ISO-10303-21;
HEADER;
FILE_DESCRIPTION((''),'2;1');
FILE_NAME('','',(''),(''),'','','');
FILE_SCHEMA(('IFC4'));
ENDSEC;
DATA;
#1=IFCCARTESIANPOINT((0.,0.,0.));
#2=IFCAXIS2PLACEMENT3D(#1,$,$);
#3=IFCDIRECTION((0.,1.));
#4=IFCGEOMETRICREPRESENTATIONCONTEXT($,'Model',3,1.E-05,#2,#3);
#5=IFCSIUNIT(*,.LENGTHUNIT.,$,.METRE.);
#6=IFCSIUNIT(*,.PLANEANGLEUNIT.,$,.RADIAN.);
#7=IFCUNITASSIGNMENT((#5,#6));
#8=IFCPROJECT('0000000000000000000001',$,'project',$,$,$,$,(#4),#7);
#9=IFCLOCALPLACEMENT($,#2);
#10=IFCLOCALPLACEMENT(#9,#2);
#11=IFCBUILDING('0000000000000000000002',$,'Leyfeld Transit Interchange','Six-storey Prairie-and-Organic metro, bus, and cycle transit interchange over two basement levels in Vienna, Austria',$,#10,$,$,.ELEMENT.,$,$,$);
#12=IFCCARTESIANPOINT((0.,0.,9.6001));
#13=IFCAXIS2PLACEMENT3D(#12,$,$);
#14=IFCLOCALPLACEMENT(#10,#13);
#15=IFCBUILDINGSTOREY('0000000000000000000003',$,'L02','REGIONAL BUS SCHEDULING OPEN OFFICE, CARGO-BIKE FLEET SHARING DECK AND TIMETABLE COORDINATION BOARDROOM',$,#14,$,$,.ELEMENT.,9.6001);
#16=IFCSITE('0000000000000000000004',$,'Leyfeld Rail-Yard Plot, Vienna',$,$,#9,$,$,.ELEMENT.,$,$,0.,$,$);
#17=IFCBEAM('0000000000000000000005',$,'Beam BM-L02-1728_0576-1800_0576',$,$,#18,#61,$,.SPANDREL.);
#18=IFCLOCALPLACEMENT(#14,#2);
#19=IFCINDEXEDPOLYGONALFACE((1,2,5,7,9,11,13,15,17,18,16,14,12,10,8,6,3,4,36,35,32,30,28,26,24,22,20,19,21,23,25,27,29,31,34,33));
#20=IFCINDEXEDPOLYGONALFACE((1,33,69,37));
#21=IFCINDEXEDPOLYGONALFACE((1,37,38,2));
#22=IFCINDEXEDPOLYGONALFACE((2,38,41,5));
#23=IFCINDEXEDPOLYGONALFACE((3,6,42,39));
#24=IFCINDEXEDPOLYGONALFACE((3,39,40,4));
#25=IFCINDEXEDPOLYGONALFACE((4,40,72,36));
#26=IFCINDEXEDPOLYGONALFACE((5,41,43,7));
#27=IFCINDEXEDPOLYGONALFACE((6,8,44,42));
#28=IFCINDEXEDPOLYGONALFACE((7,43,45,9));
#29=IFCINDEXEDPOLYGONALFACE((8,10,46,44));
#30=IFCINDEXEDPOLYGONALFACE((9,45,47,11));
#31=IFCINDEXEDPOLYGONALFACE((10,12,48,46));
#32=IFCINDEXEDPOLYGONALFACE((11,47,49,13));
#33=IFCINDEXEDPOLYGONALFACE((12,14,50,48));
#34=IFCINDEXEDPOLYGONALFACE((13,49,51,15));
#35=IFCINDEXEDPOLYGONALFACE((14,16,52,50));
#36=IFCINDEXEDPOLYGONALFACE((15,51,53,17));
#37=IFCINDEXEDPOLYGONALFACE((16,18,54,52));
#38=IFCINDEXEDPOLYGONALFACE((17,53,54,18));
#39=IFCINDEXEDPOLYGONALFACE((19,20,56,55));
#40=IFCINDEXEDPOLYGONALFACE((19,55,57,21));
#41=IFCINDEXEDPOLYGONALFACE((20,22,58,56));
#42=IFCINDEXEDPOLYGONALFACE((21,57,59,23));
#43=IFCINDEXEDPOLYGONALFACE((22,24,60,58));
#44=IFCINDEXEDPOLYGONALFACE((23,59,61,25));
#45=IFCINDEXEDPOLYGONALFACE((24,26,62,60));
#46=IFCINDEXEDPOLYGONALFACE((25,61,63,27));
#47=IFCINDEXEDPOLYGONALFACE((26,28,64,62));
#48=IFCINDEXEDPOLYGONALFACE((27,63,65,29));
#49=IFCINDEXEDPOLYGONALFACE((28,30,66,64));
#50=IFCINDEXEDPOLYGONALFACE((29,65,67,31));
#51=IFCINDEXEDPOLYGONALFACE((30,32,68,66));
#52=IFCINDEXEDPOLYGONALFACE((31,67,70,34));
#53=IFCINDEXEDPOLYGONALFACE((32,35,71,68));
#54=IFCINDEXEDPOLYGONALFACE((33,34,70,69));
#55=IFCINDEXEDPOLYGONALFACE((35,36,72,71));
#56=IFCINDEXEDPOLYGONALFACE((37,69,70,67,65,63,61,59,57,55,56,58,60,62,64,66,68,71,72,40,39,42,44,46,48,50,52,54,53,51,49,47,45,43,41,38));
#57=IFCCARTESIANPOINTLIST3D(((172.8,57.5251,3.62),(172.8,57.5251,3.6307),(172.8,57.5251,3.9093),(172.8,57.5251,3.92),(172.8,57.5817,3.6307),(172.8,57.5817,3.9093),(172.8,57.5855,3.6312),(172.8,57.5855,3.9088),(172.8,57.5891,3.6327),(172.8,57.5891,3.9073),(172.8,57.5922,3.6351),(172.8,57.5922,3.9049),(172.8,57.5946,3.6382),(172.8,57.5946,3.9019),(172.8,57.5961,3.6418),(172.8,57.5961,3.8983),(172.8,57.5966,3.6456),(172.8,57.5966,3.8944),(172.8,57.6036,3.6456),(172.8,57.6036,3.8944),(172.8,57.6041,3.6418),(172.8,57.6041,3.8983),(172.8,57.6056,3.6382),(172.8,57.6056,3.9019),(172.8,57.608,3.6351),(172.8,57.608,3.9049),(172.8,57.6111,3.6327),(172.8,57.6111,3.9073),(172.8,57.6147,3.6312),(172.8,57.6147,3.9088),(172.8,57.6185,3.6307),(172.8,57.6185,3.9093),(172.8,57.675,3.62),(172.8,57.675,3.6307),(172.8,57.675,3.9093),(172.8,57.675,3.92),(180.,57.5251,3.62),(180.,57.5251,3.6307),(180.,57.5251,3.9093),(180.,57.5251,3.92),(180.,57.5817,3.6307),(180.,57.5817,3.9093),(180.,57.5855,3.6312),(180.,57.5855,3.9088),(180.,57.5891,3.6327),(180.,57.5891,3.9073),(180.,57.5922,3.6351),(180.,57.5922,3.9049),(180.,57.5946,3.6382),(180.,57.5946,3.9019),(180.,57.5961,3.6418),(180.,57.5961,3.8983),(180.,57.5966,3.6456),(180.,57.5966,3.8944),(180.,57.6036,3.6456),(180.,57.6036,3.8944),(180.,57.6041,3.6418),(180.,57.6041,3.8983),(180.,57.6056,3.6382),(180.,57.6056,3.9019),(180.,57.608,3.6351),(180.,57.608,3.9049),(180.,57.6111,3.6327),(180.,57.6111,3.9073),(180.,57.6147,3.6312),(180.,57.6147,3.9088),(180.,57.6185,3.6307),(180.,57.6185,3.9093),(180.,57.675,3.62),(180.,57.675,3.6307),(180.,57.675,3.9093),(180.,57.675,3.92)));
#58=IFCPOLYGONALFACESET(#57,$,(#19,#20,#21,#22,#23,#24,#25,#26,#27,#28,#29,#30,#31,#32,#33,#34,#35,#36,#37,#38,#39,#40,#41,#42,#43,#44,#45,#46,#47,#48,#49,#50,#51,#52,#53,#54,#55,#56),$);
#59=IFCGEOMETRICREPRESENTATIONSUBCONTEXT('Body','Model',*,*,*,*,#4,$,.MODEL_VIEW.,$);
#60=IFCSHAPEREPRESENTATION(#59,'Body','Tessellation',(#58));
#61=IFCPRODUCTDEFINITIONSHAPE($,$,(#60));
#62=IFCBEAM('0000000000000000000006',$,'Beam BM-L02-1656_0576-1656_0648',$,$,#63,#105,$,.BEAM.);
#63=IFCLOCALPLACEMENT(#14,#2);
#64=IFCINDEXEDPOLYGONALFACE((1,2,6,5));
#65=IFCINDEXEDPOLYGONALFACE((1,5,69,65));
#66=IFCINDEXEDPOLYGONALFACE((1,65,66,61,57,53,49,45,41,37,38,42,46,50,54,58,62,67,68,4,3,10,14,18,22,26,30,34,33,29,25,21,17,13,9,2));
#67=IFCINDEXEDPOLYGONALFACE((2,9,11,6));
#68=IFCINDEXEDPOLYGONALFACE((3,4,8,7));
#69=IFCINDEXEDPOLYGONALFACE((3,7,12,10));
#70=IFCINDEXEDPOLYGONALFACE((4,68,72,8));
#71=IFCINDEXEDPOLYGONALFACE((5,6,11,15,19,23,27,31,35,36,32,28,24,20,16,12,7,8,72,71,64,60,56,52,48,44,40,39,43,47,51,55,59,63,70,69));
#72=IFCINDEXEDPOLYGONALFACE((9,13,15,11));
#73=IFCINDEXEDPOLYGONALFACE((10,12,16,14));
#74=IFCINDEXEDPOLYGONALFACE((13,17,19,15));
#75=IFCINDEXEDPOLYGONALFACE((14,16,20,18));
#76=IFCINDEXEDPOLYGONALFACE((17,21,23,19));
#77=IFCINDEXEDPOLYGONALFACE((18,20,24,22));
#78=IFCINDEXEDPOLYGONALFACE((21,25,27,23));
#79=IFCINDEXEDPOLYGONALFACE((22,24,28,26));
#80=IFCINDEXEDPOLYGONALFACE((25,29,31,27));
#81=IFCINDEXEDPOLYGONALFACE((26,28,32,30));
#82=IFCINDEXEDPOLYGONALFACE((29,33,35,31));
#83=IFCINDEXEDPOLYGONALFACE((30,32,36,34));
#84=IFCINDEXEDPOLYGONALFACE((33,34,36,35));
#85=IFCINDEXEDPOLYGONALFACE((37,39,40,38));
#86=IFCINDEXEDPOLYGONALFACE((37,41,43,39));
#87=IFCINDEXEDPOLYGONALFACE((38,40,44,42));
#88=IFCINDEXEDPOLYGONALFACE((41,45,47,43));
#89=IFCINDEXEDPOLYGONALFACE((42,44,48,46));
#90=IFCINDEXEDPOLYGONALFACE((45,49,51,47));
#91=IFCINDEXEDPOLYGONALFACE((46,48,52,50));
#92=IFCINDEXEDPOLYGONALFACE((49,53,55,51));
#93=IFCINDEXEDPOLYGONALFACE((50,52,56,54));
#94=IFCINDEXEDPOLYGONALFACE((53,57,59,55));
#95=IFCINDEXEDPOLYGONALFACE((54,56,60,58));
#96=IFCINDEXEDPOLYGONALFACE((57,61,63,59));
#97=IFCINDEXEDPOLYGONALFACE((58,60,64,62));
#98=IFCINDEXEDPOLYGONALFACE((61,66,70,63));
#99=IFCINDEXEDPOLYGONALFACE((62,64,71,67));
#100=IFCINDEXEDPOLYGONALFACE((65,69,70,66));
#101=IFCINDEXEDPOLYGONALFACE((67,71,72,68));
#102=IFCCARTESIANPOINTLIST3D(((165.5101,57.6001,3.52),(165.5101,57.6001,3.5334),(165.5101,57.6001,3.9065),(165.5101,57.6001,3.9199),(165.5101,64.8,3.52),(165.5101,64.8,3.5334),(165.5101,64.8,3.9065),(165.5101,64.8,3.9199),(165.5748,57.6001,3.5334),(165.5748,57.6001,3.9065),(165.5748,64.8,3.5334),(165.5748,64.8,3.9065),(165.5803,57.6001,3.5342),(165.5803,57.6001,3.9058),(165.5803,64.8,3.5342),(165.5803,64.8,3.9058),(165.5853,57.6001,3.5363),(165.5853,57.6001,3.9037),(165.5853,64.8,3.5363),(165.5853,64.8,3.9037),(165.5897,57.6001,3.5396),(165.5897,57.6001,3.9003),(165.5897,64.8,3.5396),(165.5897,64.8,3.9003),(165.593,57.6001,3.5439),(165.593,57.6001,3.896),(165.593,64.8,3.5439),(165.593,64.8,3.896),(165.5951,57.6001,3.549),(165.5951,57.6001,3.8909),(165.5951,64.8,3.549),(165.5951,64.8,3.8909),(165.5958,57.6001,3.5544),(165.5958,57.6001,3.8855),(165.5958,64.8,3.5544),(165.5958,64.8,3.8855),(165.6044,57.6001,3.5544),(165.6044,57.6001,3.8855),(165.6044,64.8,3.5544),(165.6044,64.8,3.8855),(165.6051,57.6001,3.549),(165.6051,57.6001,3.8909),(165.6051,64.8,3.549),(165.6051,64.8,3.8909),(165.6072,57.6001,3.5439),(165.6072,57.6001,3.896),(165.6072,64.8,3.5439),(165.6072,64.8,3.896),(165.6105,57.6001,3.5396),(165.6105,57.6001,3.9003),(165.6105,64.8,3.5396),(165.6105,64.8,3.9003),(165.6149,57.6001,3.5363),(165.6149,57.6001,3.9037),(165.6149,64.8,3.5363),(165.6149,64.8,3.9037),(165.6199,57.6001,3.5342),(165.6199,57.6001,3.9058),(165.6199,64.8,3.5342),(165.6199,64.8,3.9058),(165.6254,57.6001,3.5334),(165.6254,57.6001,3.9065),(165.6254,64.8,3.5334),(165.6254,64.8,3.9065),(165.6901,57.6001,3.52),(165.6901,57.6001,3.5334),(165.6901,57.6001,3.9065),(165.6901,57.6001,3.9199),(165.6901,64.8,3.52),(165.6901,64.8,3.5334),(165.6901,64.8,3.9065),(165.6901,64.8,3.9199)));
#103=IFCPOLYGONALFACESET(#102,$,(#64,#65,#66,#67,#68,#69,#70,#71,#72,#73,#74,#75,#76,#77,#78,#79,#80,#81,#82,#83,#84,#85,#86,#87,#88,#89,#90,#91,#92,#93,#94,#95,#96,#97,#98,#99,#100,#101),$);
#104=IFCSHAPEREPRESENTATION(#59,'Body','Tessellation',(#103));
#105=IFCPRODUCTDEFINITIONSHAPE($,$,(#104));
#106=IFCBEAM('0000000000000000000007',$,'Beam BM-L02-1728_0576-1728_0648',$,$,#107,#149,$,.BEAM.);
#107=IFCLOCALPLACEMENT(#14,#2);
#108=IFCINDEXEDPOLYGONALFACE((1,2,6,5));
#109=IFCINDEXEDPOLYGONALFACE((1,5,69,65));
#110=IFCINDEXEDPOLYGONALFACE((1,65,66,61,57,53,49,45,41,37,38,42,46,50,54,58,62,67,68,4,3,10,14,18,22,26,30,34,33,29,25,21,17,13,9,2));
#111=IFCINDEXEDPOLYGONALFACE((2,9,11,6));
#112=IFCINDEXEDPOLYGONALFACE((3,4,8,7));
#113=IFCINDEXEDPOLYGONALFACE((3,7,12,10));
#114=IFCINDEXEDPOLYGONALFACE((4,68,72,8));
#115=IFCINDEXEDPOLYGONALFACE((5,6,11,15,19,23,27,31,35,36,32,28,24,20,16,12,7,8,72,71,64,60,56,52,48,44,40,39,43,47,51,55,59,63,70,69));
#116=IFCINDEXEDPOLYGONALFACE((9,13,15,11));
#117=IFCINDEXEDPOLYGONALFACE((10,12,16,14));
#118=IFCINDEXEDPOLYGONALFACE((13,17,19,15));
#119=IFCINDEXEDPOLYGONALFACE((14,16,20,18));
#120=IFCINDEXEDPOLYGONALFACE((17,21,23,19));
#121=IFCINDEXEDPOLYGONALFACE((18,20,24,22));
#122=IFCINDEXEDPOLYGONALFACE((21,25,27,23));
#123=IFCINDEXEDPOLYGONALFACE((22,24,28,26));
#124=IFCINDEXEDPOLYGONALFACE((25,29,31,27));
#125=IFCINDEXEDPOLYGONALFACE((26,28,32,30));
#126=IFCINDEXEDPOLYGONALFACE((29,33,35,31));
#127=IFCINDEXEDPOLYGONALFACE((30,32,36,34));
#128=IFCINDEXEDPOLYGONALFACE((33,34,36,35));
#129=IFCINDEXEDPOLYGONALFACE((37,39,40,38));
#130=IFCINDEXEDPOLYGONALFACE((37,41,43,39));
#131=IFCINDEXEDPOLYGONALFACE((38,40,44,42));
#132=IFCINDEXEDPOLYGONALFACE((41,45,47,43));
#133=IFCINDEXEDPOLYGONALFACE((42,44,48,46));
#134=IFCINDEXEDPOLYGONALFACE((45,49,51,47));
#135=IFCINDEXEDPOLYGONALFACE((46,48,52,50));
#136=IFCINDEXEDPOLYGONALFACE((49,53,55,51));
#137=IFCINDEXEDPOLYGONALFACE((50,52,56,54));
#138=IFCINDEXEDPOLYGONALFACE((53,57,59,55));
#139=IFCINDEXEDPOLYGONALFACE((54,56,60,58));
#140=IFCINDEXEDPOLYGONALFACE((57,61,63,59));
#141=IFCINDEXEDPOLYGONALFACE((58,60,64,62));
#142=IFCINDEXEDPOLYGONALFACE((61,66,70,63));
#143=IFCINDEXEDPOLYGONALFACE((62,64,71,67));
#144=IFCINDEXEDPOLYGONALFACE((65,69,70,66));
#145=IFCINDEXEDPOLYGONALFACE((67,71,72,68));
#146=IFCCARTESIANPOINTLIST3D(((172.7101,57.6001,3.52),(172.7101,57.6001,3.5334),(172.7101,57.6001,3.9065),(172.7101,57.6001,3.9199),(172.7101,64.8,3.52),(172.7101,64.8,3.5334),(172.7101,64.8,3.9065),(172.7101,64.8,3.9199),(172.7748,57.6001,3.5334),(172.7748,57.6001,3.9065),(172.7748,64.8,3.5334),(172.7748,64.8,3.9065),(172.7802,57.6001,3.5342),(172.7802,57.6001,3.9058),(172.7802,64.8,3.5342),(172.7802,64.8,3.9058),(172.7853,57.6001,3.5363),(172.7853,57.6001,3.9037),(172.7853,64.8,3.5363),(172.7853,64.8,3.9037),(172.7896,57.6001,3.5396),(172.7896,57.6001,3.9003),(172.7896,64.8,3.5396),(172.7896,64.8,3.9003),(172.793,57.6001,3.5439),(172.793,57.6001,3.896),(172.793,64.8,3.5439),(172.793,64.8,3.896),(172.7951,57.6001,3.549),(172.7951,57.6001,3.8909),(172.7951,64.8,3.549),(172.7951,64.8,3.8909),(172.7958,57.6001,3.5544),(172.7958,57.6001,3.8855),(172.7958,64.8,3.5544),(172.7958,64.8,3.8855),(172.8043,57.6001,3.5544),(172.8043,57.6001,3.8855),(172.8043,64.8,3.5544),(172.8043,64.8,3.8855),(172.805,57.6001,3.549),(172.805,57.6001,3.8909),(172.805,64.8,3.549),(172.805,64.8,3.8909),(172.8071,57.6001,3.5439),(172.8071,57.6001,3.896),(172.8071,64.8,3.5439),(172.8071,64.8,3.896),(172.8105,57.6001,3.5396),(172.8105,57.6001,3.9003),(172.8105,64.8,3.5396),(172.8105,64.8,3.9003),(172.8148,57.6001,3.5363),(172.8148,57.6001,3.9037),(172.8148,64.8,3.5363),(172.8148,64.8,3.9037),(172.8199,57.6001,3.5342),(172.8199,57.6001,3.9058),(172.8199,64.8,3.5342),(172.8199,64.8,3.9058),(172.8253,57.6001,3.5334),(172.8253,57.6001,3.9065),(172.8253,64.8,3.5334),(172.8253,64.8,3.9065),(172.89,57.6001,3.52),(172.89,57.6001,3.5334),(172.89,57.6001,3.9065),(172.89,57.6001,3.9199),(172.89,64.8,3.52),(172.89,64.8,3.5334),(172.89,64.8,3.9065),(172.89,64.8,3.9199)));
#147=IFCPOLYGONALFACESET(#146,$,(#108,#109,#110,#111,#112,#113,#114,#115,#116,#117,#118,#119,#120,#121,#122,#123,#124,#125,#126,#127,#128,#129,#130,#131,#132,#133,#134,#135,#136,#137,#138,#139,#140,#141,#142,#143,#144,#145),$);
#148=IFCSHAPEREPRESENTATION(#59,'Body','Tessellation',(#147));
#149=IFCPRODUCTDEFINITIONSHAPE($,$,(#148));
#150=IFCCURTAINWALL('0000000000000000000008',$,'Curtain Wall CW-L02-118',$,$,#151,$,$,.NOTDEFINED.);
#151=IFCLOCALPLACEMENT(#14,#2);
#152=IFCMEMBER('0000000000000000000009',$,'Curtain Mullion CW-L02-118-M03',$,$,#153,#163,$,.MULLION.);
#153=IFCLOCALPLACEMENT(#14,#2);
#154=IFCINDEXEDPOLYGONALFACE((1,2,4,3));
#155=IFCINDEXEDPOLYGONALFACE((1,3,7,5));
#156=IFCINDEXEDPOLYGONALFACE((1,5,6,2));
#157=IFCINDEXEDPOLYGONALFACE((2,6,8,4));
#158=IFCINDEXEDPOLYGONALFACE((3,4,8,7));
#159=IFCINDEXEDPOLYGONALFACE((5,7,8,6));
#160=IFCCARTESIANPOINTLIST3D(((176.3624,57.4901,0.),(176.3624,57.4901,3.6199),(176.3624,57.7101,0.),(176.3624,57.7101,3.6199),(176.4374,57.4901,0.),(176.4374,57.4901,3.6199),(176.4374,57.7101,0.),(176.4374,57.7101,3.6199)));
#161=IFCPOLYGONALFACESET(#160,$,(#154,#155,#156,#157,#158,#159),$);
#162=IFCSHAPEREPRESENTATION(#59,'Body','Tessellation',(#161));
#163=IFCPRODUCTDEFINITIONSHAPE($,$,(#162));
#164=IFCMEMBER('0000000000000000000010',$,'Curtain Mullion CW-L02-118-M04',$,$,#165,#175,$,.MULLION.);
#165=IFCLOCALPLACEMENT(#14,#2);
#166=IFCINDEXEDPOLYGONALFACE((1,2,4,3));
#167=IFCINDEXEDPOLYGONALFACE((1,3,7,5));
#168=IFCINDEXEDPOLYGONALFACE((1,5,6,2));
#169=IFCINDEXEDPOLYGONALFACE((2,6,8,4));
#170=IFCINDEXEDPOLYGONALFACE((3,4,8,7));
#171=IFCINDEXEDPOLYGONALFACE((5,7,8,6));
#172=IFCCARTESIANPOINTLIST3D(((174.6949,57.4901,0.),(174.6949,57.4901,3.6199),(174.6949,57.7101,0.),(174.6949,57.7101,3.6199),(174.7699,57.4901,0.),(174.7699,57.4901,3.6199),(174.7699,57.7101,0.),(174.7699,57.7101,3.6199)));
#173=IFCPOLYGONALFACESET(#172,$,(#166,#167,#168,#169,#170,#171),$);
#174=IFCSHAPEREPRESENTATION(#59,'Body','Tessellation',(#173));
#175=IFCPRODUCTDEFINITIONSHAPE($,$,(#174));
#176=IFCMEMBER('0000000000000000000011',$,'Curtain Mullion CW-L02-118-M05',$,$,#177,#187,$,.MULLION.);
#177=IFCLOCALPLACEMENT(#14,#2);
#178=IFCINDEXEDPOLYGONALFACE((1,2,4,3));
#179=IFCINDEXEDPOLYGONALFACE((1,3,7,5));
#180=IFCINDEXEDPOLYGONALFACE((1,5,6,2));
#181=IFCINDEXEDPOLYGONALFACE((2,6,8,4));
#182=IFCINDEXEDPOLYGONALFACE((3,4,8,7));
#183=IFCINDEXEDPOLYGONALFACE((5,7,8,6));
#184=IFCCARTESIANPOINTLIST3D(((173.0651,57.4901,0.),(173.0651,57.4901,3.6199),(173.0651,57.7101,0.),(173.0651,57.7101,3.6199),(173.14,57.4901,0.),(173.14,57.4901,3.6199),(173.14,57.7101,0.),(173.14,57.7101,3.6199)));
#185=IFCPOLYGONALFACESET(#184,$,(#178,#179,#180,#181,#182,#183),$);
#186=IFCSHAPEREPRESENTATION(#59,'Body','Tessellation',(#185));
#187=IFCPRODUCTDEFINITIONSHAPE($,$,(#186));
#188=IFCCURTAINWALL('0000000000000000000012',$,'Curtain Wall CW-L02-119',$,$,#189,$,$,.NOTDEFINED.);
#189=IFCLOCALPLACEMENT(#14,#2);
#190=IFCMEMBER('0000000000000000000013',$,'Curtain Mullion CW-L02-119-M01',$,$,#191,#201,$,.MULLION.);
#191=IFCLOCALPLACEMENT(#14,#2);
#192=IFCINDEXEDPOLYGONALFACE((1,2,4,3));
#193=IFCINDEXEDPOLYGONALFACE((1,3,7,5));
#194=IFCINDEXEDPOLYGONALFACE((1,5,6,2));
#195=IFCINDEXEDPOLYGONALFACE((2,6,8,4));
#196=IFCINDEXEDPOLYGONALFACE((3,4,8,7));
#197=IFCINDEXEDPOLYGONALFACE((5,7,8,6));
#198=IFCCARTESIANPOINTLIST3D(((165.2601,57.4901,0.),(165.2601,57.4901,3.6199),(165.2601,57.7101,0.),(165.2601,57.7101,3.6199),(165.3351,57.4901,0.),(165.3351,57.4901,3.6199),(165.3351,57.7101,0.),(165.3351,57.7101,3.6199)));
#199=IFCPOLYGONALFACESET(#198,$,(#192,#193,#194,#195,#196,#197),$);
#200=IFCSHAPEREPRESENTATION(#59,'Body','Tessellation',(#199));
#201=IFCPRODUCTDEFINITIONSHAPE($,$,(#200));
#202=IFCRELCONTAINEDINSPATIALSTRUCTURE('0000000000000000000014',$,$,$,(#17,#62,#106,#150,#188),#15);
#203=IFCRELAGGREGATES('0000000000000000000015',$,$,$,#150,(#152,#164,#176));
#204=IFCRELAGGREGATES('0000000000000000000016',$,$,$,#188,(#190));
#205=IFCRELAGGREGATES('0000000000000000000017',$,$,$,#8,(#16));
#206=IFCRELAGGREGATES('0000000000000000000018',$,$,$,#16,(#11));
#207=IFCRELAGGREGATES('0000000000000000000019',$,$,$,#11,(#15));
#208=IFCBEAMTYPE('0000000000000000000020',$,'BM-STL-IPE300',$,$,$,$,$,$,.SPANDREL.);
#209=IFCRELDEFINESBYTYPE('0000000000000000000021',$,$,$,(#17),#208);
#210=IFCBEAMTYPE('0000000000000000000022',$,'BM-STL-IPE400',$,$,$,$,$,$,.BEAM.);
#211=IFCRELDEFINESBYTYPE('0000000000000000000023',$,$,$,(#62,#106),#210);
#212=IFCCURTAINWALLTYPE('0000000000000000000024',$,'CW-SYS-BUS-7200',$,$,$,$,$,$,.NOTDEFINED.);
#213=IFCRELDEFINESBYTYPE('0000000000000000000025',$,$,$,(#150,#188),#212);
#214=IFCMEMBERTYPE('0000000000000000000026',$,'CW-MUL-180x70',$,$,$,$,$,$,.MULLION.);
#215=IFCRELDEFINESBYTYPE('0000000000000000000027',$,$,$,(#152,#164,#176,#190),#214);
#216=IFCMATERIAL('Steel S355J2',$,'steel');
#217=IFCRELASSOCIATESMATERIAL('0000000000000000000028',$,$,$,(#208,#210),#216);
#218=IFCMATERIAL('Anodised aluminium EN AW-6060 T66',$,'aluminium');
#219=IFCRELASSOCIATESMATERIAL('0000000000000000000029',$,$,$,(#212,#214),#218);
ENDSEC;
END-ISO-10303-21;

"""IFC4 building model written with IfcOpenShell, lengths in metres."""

from ifc_helpers import new_model, si_unit, direction, frame, origin, origin_2d, place, context, subcontext, project, spatial, rectangle, i_section, extrude, material, material_profile, profile_set, type_object, element, aggregate, save


model = new_model("IFC4")

# Units and contexts
model_context = context("Model", 3, precision=1e-05, world=origin(), true_north=direction((0.0, 1.0)))
body_context = subcontext(model_context, "Body", "Model", "MODEL_VIEW")
ifc_project = project(units=[si_unit("LENGTHUNIT", "METRE"), si_unit("PLANEANGLEUNIT", "RADIAN")], contexts=[model_context])

# Site, building, storey
site_placement = place(None, origin())
site = spatial("IfcSite", under=ifc_project, at=site_placement, Name="Leyfeld Rail-Yard Plot, Vienna", CompositionType="ELEMENT", RefElevation=0.0)
building_placement = place(site_placement, origin())
building = spatial("IfcBuilding", under=site, at=building_placement, Name="Leyfeld Transit Interchange", Description="Six-storey Prairie-and-Organic metro, bus, and cycle transit interchange over two basement levels in Vienna, Austria", CompositionType="ELEMENT")
storey_placement = place(building_placement, frame((0.0, 0.0, 9.6001)))
storey = spatial("IfcBuildingStorey", under=building, at=storey_placement, Name="L02", Description="REGIONAL BUS SCHEDULING OPEN OFFICE, CARGO-BIKE FLEET SHARING DECK AND TIMETABLE COORDINATION BOARDROOM", CompositionType="ELEMENT", Elevation=9.6001)

# Beams
ifc_material_1 = material(Name="Steel S355J2", Category="steel")
ifc_material_profile_1 = material_profile(ifc_material_1, i_section(OverallWidth=0.1499, OverallDepth=0.3, WebThickness=0.0071, FlangeThickness=0.0107, FilletRadius=0.0149, at=origin_2d()), Name="IPE 300")
ifc_profile_set_1 = profile_set([ifc_material_profile_1], Name="Steel S355J2")
beam_type_1 = type_object("IfcBeamType", Name="BM-STL-IPE300", PredefinedType="SPANDREL", material=ifc_profile_set_1)
for number, where, z_axis, x_axis, name in (
    (1, (172.8, 57.6001, 3.77), (1.0, 0.0, 0.0), (0.0, 1.0, 0.0), "Beam BM-L02-1728_0576-1800_0576"),
):
    element("IfcBeam", number, at=place(storey_placement, frame(where, z_axis=z_axis, x_axis=x_axis)), inside=storey, type_object=beam_type_1, Name=name, PredefinedType="SPANDREL", context=body_context, shape_type="SweptSolid", body=[
        extrude(i_section(OverallWidth=0.1499, OverallDepth=0.3, WebThickness=0.0071, FlangeThickness=0.0107, FilletRadius=0.0149, at=origin_2d()), origin(), (0.0, 0.0, 1.0), 7.2),
    ])
ifc_material_profile_2 = material_profile(ifc_material_1, i_section(OverallWidth=0.1799, OverallDepth=0.3999, WebThickness=0.0085, FlangeThickness=0.0134, FilletRadius=0.021, at=origin_2d()), Name="IPE 400")
ifc_profile_set_2 = profile_set([ifc_material_profile_2], Name="Steel S355J2")
beam_type_2 = type_object("IfcBeamType", Name="BM-STL-IPE400", PredefinedType="BEAM", material=ifc_profile_set_2)
for number, where, z_axis, x_axis, name in (
    (2, (165.6001, 57.6001, 3.72), (0.0, 1.0, 0.0), (-1.0, 0.0, 0.0), "Beam BM-L02-1656_0576-1656_0648"),
    (3, (172.8, 57.6001, 3.72), (0.0, 1.0, 0.0), (-1.0, 0.0, 0.0), "Beam BM-L02-1728_0576-1728_0648"),
):
    element("IfcBeam", number, at=place(storey_placement, frame(where, z_axis=z_axis, x_axis=x_axis)), inside=storey, type_object=beam_type_2, Name=name, PredefinedType="BEAM", context=body_context, shape_type="SweptSolid", body=[
        extrude(i_section(OverallWidth=0.1799, OverallDepth=0.3999, WebThickness=0.0085, FlangeThickness=0.0134, FilletRadius=0.021, at=origin_2d()), origin(), (0.0, 0.0, 1.0), 7.2),
    ])

# Curtain walls, members
ifc_material_2 = material(Name="Anodised aluminium EN AW-6060 T66", Category="aluminium")
curtain_wall_type = type_object("IfcCurtainWallType", Name="CW-SYS-BUS-7200", PredefinedType="NOTDEFINED", material=ifc_material_2)
curtain_wall_1_placement = place(storey_placement, origin())
curtain_wall_1 = element("IfcCurtainWall", 4, at=curtain_wall_1_placement, inside=storey, type_object=curtain_wall_type, Name="Curtain Wall CW-L02-118", PredefinedType="NOTDEFINED")
ifc_material_profile_3 = material_profile(ifc_material_2, rectangle(XDim=0.075, YDim=0.22, at=origin_2d()), Name="CW-M 75x220")
ifc_profile_set_3 = profile_set([ifc_material_profile_3], Name="Anodised aluminium EN AW-6060 T66")
member_type_1 = type_object("IfcMemberType", Name="CW-MUL-180x70", PredefinedType="MULLION", material=ifc_profile_set_3)
member_1_placement = place(storey_placement, frame((176.3999, 57.6001, 0.0), z_axis=(0.0, 0.0, 1.0), x_axis=(-1.0, 0.0, 0.0)))
member_1 = element("IfcMember", 5, at=member_1_placement, type_object=member_type_1, Name="Curtain Mullion CW-L02-118-M03", PredefinedType="MULLION", context=body_context, shape_type="SweptSolid", body=[
    extrude(rectangle(XDim=0.075, YDim=0.22, at=origin_2d()), origin(), (0.0, 0.0, 1.0), 3.6199),
])
member_2_placement = place(storey_placement, frame((174.7324, 57.6001, 0.0), z_axis=(0.0, 0.0, 1.0), x_axis=(-1.0, 0.0, 0.0)))
member_2 = element("IfcMember", 6, at=member_2_placement, type_object=member_type_1, Name="Curtain Mullion CW-L02-118-M04", PredefinedType="MULLION", context=body_context, shape_type="SweptSolid", body=[
    extrude(rectangle(XDim=0.075, YDim=0.22, at=origin_2d()), origin(), (0.0, 0.0, 1.0), 3.6199),
])
member_3_placement = place(storey_placement, frame((173.1025, 57.6001, 0.0), z_axis=(0.0, 0.0, 1.0), x_axis=(-1.0, 0.0, 0.0)))
member_3 = element("IfcMember", 7, at=member_3_placement, type_object=member_type_1, Name="Curtain Mullion CW-L02-118-M05", PredefinedType="MULLION", context=body_context, shape_type="SweptSolid", body=[
    extrude(rectangle(XDim=0.075, YDim=0.22, at=origin_2d()), origin(), (0.0, 0.0, 1.0), 3.6199),
])
curtain_wall_2_placement = place(storey_placement, origin())
curtain_wall_2 = element("IfcCurtainWall", 8, at=curtain_wall_2_placement, inside=storey, type_object=curtain_wall_type, Name="Curtain Wall CW-L02-119", PredefinedType="NOTDEFINED")
member_4_placement = place(storey_placement, frame((165.2976, 57.6001, 0.0), z_axis=(0.0, 0.0, 1.0), x_axis=(-1.0, 0.0, 0.0)))
member_4 = element("IfcMember", 9, at=member_4_placement, type_object=member_type_1, Name="Curtain Mullion CW-L02-119-M01", PredefinedType="MULLION", context=body_context, shape_type="SweptSolid", body=[
    extrude(rectangle(XDim=0.075, YDim=0.22, at=origin_2d()), origin(), (0.0, 0.0, 1.0), 3.6199),
])

aggregate(curtain_wall_1, [member_1, member_2, member_3])
aggregate(curtain_wall_2, [member_4])

save(model, "model.ifc")
